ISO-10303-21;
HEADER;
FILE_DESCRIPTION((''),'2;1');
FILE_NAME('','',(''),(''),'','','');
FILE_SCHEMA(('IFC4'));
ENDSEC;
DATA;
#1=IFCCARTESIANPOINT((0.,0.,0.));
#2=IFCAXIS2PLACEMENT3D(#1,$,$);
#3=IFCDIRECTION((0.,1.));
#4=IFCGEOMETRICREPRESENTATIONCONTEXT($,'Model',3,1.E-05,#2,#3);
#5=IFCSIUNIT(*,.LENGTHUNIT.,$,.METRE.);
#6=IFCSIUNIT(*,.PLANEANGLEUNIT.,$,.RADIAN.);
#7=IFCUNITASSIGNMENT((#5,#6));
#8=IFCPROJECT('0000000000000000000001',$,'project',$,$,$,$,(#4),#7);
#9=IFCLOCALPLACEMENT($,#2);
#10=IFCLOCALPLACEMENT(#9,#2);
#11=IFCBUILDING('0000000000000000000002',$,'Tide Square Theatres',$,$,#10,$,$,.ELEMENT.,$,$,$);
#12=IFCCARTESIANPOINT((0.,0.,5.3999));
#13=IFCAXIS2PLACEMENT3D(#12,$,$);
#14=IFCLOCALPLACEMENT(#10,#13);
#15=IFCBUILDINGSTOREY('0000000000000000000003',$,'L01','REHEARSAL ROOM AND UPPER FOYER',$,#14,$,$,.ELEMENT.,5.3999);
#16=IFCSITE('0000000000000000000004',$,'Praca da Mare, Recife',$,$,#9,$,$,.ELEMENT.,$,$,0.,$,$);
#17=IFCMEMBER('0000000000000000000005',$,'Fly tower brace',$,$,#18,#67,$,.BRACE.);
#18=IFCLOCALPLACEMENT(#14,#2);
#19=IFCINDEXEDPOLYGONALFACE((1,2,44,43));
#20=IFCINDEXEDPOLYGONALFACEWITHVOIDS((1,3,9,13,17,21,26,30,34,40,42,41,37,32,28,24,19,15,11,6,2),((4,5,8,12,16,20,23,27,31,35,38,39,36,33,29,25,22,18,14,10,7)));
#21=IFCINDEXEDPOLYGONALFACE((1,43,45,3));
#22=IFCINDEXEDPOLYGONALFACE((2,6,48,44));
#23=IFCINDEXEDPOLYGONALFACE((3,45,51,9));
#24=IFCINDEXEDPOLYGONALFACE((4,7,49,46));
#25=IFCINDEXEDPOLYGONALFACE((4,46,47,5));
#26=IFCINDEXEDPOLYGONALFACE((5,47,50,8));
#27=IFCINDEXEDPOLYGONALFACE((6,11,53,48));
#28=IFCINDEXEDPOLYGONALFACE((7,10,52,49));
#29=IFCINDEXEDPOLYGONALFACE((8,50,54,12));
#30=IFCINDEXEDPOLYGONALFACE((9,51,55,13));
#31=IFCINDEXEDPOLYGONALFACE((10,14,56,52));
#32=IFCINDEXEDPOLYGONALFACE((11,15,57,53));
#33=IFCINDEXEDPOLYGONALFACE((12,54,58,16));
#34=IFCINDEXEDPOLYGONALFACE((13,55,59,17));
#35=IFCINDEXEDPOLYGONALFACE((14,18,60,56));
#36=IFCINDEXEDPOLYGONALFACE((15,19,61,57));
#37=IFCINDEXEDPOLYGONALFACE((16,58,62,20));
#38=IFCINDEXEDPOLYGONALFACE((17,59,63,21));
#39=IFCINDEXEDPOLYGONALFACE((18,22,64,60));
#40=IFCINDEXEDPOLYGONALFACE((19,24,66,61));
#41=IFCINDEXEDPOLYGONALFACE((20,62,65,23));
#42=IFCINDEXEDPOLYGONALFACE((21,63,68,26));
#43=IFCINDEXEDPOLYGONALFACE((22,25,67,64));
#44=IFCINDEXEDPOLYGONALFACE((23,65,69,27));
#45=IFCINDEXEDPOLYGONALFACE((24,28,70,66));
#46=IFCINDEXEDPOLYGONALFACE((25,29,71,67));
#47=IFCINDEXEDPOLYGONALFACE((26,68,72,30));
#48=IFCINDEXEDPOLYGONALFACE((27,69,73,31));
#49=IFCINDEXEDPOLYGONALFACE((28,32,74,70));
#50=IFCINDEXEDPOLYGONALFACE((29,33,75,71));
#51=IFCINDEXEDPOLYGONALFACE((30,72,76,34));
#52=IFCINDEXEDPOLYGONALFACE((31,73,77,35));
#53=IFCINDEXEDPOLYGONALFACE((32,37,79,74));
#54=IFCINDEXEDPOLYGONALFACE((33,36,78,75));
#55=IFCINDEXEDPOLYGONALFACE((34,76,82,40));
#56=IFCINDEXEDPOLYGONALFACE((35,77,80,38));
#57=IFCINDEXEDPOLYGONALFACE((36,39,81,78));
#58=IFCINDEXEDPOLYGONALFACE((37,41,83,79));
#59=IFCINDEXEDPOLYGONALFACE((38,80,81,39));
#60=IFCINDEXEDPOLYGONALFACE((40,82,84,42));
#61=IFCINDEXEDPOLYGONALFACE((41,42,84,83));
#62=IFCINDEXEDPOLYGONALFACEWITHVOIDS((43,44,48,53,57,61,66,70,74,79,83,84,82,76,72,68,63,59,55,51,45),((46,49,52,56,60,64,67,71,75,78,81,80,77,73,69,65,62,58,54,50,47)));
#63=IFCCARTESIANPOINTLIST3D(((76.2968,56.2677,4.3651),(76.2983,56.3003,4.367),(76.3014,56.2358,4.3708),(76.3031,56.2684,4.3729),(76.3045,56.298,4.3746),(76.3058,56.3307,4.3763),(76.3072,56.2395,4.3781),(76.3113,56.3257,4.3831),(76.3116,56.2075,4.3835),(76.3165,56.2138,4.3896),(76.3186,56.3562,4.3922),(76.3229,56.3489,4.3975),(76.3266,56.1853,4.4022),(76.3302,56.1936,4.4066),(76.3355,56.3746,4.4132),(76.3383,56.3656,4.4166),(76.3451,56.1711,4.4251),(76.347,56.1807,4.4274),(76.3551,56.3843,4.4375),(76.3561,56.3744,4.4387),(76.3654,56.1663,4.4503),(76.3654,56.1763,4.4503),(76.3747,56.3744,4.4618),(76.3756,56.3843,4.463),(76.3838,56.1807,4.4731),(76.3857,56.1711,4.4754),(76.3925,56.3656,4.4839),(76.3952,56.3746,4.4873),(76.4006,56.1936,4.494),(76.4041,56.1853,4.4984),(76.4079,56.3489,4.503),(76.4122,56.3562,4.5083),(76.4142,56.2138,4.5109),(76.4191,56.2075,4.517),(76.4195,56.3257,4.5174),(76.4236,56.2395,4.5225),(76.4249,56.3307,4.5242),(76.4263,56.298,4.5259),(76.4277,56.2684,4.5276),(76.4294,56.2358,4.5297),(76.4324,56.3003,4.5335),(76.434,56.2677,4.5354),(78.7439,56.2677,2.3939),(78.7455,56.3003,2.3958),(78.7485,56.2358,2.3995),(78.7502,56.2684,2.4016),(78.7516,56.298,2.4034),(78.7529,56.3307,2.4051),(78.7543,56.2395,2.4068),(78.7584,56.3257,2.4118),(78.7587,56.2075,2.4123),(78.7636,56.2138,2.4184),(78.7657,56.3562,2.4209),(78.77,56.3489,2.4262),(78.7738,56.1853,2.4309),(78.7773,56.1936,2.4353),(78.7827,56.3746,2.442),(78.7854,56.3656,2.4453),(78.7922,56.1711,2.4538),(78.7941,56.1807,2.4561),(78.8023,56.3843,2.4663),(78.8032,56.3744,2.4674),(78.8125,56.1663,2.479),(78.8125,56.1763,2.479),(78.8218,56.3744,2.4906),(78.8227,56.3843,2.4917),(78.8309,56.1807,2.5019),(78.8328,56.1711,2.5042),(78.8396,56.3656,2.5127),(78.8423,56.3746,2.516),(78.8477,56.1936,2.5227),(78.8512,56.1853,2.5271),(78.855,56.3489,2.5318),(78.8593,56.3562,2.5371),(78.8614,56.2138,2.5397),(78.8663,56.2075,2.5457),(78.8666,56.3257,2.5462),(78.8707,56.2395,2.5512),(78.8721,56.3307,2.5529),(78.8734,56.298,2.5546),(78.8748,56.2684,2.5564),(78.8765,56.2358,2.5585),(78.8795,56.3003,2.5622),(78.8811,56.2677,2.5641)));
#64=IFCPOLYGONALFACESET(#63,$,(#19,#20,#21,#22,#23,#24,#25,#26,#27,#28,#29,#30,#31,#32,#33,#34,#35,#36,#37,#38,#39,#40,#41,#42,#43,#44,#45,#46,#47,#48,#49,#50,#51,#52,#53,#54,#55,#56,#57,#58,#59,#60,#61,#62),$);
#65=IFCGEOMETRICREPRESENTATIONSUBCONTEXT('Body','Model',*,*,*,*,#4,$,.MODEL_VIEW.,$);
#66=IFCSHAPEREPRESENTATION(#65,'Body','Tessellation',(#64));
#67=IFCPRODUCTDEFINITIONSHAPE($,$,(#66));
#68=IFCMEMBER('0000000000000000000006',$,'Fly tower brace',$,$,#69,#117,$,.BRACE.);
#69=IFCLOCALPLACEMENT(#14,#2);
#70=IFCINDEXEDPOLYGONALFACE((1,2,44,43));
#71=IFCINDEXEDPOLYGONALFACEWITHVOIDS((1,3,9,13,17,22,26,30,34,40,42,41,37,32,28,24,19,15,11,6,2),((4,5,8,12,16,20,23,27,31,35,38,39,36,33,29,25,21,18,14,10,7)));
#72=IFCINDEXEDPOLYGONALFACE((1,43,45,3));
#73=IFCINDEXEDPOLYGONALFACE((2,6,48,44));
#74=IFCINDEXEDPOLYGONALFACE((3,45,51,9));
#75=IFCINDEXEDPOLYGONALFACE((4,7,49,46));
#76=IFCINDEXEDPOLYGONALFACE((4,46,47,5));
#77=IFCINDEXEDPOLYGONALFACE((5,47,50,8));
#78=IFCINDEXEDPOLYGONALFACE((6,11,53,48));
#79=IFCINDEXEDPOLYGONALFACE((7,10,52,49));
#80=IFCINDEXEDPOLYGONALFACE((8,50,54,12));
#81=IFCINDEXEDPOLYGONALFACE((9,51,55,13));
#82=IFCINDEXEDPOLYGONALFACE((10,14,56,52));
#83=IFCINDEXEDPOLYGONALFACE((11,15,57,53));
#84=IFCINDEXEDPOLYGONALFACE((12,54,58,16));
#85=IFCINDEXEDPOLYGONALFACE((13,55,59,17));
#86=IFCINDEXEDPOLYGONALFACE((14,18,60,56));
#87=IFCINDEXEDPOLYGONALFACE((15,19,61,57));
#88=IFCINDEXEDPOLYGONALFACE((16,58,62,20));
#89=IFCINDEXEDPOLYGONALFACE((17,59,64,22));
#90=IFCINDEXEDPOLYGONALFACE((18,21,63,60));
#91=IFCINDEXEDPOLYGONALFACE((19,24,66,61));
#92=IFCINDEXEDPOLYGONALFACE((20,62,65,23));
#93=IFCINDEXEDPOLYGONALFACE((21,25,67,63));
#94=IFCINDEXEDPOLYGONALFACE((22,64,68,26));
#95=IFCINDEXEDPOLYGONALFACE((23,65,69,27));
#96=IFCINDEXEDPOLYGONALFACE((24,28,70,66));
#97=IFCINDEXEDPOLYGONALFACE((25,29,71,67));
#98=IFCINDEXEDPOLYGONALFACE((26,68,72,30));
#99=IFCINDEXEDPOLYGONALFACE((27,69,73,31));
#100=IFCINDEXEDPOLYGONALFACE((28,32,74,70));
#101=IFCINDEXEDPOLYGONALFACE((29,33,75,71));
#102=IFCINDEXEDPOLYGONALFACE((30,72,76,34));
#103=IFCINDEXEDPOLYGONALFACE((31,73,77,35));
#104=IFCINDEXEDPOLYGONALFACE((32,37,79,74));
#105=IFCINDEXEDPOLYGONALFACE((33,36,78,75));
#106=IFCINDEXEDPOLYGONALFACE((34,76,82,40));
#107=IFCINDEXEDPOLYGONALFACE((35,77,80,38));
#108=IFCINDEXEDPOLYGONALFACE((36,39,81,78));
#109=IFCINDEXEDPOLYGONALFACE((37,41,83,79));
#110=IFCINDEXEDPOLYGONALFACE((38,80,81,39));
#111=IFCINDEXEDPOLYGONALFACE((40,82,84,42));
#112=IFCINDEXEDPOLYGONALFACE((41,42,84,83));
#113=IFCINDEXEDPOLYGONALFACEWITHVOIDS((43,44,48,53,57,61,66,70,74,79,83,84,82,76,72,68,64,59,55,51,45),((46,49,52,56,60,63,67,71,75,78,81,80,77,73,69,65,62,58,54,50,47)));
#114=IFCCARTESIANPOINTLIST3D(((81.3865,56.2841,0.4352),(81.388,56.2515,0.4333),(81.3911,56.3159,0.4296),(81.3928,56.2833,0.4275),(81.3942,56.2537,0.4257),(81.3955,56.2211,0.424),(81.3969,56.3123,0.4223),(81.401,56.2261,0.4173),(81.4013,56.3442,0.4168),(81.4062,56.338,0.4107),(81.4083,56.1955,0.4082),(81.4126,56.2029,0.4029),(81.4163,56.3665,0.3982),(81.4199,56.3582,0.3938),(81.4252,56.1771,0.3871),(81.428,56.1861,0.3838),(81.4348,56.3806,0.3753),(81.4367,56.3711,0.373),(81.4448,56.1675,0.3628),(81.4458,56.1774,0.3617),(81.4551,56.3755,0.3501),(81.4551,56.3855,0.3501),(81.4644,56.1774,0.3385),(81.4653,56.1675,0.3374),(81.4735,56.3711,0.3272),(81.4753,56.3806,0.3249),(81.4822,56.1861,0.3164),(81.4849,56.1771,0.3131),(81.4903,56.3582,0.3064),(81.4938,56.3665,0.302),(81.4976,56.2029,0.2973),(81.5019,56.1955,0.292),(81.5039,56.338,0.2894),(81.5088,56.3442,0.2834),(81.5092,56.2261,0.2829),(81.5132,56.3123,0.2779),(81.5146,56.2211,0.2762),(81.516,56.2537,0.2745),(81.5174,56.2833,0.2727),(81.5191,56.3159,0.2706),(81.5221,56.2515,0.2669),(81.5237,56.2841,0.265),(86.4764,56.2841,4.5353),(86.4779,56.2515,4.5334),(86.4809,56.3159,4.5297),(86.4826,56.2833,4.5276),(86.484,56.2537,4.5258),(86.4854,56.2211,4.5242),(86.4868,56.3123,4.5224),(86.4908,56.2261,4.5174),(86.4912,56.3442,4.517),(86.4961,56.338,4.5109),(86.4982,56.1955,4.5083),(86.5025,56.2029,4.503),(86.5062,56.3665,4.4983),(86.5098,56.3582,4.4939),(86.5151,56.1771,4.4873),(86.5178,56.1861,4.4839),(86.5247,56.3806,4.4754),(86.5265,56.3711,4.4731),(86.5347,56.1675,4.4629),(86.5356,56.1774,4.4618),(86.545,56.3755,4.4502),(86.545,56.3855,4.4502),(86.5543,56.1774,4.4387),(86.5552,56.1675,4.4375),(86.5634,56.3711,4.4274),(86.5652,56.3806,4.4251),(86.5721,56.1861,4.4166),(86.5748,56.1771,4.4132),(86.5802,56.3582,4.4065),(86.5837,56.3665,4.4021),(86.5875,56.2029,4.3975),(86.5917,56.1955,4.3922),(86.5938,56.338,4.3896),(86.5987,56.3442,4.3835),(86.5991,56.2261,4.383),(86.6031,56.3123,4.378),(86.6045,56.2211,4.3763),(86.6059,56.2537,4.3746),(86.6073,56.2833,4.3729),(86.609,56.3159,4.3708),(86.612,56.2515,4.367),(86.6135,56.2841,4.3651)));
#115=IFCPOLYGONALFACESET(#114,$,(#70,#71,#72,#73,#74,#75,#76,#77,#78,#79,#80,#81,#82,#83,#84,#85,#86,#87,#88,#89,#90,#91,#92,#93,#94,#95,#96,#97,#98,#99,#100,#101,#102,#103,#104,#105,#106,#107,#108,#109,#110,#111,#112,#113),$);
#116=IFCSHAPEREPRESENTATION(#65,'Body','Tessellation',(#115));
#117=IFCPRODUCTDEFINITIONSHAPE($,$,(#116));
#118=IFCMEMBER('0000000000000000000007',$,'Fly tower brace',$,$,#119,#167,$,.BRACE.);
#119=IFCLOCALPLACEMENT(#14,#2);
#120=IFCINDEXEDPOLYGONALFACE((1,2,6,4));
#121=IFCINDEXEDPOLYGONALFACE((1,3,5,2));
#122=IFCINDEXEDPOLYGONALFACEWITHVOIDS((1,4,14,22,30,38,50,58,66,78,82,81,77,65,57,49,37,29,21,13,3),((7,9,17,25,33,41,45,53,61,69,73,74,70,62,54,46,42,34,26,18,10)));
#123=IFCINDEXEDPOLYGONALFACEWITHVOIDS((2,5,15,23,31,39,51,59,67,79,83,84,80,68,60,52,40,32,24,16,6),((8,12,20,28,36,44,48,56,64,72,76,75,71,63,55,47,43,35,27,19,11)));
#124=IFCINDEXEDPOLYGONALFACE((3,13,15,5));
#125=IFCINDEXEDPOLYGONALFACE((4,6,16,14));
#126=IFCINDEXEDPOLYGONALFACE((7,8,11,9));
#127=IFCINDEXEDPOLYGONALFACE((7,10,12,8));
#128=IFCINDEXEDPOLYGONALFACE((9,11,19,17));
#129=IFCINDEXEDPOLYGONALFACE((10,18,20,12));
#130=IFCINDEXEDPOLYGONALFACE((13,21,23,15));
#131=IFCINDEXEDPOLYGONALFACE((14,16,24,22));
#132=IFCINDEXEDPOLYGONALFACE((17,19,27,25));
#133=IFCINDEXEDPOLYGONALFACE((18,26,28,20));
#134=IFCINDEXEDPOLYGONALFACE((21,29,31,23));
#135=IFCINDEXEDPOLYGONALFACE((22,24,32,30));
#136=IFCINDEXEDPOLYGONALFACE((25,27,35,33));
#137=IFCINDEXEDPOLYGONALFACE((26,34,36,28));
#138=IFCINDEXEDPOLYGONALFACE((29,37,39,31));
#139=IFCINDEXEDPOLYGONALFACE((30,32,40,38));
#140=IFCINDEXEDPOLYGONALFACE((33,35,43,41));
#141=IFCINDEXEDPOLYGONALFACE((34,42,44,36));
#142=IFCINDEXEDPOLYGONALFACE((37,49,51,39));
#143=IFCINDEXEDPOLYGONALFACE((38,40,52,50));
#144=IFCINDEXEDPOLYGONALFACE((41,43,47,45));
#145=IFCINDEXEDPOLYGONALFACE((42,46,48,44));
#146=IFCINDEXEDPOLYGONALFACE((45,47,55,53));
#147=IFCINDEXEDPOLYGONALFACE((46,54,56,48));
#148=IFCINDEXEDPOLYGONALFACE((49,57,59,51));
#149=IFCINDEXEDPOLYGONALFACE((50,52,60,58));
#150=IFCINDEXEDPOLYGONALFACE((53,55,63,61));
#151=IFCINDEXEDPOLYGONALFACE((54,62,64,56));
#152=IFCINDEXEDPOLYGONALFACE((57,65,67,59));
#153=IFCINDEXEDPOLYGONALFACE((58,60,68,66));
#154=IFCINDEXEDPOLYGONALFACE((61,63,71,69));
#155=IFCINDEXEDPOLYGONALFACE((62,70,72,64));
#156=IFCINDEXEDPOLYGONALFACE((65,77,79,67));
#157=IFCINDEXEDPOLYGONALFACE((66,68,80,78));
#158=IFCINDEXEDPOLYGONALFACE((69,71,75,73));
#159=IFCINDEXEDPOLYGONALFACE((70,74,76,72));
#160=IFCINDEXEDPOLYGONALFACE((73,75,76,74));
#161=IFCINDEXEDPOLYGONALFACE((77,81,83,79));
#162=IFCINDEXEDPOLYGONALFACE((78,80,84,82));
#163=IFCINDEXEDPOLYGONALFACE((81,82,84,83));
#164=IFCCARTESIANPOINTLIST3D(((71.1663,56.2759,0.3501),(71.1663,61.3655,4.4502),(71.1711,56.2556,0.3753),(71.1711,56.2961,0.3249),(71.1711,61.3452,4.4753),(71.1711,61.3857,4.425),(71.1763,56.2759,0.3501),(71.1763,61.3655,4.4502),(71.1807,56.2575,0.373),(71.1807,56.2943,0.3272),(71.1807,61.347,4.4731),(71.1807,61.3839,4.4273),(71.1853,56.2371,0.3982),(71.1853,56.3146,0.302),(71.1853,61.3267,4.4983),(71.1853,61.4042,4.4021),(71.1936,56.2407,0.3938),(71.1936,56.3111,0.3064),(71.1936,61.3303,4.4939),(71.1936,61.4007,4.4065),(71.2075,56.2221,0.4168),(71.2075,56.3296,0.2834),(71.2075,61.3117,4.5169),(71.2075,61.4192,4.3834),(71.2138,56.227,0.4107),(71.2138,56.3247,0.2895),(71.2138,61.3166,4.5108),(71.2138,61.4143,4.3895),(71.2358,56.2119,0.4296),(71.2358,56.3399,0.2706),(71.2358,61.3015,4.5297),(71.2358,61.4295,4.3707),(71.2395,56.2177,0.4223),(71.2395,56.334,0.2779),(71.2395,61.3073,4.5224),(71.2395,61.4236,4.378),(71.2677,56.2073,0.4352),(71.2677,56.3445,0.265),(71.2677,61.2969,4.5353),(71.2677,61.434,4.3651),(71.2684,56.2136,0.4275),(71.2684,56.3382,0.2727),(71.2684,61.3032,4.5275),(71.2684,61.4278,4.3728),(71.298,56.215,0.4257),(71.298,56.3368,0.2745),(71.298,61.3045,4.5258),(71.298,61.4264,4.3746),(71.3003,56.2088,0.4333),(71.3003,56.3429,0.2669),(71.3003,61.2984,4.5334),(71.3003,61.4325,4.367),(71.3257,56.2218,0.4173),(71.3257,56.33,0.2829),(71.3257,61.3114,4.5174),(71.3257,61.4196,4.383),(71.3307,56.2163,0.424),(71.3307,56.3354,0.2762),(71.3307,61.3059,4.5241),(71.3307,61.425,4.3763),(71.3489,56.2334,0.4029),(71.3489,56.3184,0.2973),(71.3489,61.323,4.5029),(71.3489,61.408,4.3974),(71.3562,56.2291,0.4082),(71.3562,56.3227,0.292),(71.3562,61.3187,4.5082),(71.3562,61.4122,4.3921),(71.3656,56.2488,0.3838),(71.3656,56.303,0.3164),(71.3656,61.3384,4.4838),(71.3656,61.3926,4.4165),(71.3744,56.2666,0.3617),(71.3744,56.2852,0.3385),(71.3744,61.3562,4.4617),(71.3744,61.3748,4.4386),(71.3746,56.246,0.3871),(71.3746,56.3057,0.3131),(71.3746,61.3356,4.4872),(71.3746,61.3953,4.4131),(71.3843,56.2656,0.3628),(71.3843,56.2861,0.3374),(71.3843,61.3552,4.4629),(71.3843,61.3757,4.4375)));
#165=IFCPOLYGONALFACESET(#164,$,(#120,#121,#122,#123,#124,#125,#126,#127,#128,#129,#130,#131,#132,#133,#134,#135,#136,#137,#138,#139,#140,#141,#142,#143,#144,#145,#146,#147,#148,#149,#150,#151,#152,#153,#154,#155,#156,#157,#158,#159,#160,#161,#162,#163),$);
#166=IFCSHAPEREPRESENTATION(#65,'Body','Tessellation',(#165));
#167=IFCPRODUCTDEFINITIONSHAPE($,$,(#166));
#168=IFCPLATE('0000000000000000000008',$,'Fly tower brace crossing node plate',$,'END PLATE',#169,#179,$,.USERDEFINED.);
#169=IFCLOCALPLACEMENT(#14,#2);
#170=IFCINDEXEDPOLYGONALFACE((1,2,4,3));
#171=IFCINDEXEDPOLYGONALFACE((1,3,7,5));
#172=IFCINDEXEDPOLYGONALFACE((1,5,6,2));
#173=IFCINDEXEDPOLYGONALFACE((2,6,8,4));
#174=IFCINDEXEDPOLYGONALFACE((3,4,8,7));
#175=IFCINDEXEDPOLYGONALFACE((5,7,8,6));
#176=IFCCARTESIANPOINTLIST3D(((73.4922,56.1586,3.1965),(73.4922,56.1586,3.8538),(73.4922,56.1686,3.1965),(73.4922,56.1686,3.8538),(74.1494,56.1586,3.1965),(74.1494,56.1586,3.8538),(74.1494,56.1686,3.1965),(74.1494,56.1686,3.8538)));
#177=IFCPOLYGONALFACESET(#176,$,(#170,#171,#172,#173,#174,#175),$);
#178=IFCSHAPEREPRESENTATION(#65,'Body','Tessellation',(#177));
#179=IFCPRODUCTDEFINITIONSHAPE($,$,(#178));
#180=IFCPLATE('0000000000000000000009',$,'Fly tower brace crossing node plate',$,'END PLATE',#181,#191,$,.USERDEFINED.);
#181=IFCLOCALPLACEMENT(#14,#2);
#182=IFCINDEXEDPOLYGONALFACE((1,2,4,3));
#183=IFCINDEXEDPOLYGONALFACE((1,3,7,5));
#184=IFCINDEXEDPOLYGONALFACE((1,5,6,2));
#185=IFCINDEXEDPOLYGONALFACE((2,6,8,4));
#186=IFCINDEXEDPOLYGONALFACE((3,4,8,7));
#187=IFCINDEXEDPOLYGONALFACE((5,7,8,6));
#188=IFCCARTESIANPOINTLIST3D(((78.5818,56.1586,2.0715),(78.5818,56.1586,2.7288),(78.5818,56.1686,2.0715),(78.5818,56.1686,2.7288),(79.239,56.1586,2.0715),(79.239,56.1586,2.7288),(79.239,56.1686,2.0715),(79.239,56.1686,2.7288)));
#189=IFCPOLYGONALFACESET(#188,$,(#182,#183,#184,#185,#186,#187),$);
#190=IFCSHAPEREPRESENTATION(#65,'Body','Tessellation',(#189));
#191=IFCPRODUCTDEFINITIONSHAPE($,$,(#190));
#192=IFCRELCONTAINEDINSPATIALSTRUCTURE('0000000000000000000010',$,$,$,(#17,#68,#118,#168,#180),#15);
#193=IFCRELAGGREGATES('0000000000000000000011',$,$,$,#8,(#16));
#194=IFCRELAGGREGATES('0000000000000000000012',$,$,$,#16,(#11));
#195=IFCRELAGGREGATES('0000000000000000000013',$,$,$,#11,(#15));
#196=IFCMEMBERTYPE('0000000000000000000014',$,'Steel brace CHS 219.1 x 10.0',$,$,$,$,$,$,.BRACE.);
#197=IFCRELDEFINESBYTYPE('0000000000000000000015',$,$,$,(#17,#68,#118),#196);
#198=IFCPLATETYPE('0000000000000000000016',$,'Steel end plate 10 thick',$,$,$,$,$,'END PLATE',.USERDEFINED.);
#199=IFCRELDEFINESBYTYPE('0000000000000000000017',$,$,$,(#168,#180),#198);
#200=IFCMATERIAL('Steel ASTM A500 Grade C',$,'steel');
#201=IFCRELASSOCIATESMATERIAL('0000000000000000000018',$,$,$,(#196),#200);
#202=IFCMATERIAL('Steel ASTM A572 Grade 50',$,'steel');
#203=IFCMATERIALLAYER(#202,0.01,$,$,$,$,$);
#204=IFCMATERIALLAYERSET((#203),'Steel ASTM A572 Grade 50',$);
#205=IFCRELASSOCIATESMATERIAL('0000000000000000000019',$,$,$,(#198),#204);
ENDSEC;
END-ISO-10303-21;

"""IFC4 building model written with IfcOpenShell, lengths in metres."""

from ifc_helpers import new_model, si_unit, direction, frame, origin, origin_2d, place, context, subcontext, project, spatial, rectangle, hollow_circle, extrude, material, layer, layer_set, material_profile, profile_set, type_object, element, save


model = new_model("IFC4")

# Units and contexts
model_context = context("Model", 3, precision=1e-05, world=origin(), true_north=direction((0.0, 1.0)))
body_context = subcontext(model_context, "Body", "Model", "MODEL_VIEW")
ifc_project = project(units=[si_unit("LENGTHUNIT", "METRE"), si_unit("PLANEANGLEUNIT", "RADIAN")], contexts=[model_context])

# Site, building, storey
site_placement = place(None, origin())
site = spatial("IfcSite", under=ifc_project, at=site_placement, Name="Praca da Mare, Recife", CompositionType="ELEMENT", RefElevation=0.0)
building_placement = place(site_placement, origin())
building = spatial("IfcBuilding", under=site, at=building_placement, Name="Tide Square Theatres", CompositionType="ELEMENT")
storey_placement = place(building_placement, frame((0.0, 0.0, 5.3999)))
storey = spatial("IfcBuildingStorey", under=building, at=storey_placement, Name="L01", Description="REHEARSAL ROOM AND UPPER FOYER", CompositionType="ELEMENT", Elevation=5.3999)

# Members
ifc_material_1 = material(Name="Steel ASTM A500 Grade C", Category="steel")
ifc_material_profile_1 = material_profile(ifc_material_1, hollow_circle(Radius=0.1096, WallThickness=0.01, at=origin_2d()))
ifc_profile_set_1 = profile_set([ifc_material_profile_1], Name="Steel ASTM A500 Grade C")
member_type = type_object("IfcMemberType", Name="Steel brace CHS 219.1 x 10.0", PredefinedType="BRACE", material=ifc_profile_set_1)
member_1_placement = place(storey_placement, frame((78.8125, 56.2759, 2.479), z_axis=(-0.778757, 0.0, 0.627326), x_axis=(0.0, -1.0, 0.0)))
element("IfcMember", 1, at=member_1_placement, inside=storey, type_object=member_type, Name="Fly tower brace", PredefinedType="BRACE", context=body_context, shape_type="SweptSolid", body=[
    extrude(hollow_circle(Radius=0.1096, WallThickness=0.01, at=origin_2d()), origin(), (0.0, 0.0, 1.0), 3.1423),
])
member_2_placement = place(storey_placement, frame((81.4551, 56.2759, 0.3501), z_axis=(0.778758, 0.0, 0.627325), x_axis=(0.0, 1.0, 0.0)))
element("IfcMember", 2, at=member_2_placement, inside=storey, type_object=member_type, Name="Fly tower brace", PredefinedType="BRACE", context=body_context, shape_type="SweptSolid", body=[
    extrude(hollow_circle(Radius=0.1096, WallThickness=0.01, at=origin_2d()), origin(), (0.0, 0.0, 1.0), 6.5359),
])
member_3_placement = place(storey_placement, frame((71.2759, 56.2759, 0.3501), z_axis=(0.0, 0.778743, 0.627343), x_axis=(-1.0, 0.0, 0.0)))
element("IfcMember", 3, at=member_3_placement, inside=storey, type_object=member_type, Name="Fly tower brace", PredefinedType="BRACE", context=body_context, shape_type="SweptSolid", body=[
    extrude(hollow_circle(Radius=0.1096, WallThickness=0.01, at=origin_2d()), origin(), (0.0, 0.0, 1.0), 6.5356),
])

# Plates
ifc_material_2 = material(Name="Steel ASTM A572 Grade 50", Category="steel")
ifc_layer_1 = layer(ifc_material_2, 0.01)
ifc_layer_set_1 = layer_set([ifc_layer_1], Name="Steel ASTM A572 Grade 50")
plate_type = type_object("IfcPlateType", Name="Steel end plate 10 thick", ElementType="END PLATE", PredefinedType="USERDEFINED", material=ifc_layer_set_1)
for number, where, z_axis, x_axis, name in (
    (4, (73.8208, 56.1636, 3.1965), (0.0, 0.0, 1.0), (0.0, -1.0, 0.0), "Fly tower brace crossing node plate"),
    (5, (78.9104, 56.1636, 2.0715), (0.0, 0.0, 1.0), (0.0, -1.0, 0.0), "Fly tower brace crossing node plate"),
):
    element("IfcPlate", number, at=place(storey_placement, frame(where, z_axis=z_axis, x_axis=x_axis)), inside=storey, type_object=plate_type, Name=name, ObjectType="END PLATE", PredefinedType="USERDEFINED", context=body_context, shape_type="SweptSolid", body=[
        extrude(rectangle(XDim=0.01, YDim=0.6572, at=origin_2d()), origin(), (0.0, 0.0, 1.0), 0.6572),
    ])

save(model, "model.ifc")
